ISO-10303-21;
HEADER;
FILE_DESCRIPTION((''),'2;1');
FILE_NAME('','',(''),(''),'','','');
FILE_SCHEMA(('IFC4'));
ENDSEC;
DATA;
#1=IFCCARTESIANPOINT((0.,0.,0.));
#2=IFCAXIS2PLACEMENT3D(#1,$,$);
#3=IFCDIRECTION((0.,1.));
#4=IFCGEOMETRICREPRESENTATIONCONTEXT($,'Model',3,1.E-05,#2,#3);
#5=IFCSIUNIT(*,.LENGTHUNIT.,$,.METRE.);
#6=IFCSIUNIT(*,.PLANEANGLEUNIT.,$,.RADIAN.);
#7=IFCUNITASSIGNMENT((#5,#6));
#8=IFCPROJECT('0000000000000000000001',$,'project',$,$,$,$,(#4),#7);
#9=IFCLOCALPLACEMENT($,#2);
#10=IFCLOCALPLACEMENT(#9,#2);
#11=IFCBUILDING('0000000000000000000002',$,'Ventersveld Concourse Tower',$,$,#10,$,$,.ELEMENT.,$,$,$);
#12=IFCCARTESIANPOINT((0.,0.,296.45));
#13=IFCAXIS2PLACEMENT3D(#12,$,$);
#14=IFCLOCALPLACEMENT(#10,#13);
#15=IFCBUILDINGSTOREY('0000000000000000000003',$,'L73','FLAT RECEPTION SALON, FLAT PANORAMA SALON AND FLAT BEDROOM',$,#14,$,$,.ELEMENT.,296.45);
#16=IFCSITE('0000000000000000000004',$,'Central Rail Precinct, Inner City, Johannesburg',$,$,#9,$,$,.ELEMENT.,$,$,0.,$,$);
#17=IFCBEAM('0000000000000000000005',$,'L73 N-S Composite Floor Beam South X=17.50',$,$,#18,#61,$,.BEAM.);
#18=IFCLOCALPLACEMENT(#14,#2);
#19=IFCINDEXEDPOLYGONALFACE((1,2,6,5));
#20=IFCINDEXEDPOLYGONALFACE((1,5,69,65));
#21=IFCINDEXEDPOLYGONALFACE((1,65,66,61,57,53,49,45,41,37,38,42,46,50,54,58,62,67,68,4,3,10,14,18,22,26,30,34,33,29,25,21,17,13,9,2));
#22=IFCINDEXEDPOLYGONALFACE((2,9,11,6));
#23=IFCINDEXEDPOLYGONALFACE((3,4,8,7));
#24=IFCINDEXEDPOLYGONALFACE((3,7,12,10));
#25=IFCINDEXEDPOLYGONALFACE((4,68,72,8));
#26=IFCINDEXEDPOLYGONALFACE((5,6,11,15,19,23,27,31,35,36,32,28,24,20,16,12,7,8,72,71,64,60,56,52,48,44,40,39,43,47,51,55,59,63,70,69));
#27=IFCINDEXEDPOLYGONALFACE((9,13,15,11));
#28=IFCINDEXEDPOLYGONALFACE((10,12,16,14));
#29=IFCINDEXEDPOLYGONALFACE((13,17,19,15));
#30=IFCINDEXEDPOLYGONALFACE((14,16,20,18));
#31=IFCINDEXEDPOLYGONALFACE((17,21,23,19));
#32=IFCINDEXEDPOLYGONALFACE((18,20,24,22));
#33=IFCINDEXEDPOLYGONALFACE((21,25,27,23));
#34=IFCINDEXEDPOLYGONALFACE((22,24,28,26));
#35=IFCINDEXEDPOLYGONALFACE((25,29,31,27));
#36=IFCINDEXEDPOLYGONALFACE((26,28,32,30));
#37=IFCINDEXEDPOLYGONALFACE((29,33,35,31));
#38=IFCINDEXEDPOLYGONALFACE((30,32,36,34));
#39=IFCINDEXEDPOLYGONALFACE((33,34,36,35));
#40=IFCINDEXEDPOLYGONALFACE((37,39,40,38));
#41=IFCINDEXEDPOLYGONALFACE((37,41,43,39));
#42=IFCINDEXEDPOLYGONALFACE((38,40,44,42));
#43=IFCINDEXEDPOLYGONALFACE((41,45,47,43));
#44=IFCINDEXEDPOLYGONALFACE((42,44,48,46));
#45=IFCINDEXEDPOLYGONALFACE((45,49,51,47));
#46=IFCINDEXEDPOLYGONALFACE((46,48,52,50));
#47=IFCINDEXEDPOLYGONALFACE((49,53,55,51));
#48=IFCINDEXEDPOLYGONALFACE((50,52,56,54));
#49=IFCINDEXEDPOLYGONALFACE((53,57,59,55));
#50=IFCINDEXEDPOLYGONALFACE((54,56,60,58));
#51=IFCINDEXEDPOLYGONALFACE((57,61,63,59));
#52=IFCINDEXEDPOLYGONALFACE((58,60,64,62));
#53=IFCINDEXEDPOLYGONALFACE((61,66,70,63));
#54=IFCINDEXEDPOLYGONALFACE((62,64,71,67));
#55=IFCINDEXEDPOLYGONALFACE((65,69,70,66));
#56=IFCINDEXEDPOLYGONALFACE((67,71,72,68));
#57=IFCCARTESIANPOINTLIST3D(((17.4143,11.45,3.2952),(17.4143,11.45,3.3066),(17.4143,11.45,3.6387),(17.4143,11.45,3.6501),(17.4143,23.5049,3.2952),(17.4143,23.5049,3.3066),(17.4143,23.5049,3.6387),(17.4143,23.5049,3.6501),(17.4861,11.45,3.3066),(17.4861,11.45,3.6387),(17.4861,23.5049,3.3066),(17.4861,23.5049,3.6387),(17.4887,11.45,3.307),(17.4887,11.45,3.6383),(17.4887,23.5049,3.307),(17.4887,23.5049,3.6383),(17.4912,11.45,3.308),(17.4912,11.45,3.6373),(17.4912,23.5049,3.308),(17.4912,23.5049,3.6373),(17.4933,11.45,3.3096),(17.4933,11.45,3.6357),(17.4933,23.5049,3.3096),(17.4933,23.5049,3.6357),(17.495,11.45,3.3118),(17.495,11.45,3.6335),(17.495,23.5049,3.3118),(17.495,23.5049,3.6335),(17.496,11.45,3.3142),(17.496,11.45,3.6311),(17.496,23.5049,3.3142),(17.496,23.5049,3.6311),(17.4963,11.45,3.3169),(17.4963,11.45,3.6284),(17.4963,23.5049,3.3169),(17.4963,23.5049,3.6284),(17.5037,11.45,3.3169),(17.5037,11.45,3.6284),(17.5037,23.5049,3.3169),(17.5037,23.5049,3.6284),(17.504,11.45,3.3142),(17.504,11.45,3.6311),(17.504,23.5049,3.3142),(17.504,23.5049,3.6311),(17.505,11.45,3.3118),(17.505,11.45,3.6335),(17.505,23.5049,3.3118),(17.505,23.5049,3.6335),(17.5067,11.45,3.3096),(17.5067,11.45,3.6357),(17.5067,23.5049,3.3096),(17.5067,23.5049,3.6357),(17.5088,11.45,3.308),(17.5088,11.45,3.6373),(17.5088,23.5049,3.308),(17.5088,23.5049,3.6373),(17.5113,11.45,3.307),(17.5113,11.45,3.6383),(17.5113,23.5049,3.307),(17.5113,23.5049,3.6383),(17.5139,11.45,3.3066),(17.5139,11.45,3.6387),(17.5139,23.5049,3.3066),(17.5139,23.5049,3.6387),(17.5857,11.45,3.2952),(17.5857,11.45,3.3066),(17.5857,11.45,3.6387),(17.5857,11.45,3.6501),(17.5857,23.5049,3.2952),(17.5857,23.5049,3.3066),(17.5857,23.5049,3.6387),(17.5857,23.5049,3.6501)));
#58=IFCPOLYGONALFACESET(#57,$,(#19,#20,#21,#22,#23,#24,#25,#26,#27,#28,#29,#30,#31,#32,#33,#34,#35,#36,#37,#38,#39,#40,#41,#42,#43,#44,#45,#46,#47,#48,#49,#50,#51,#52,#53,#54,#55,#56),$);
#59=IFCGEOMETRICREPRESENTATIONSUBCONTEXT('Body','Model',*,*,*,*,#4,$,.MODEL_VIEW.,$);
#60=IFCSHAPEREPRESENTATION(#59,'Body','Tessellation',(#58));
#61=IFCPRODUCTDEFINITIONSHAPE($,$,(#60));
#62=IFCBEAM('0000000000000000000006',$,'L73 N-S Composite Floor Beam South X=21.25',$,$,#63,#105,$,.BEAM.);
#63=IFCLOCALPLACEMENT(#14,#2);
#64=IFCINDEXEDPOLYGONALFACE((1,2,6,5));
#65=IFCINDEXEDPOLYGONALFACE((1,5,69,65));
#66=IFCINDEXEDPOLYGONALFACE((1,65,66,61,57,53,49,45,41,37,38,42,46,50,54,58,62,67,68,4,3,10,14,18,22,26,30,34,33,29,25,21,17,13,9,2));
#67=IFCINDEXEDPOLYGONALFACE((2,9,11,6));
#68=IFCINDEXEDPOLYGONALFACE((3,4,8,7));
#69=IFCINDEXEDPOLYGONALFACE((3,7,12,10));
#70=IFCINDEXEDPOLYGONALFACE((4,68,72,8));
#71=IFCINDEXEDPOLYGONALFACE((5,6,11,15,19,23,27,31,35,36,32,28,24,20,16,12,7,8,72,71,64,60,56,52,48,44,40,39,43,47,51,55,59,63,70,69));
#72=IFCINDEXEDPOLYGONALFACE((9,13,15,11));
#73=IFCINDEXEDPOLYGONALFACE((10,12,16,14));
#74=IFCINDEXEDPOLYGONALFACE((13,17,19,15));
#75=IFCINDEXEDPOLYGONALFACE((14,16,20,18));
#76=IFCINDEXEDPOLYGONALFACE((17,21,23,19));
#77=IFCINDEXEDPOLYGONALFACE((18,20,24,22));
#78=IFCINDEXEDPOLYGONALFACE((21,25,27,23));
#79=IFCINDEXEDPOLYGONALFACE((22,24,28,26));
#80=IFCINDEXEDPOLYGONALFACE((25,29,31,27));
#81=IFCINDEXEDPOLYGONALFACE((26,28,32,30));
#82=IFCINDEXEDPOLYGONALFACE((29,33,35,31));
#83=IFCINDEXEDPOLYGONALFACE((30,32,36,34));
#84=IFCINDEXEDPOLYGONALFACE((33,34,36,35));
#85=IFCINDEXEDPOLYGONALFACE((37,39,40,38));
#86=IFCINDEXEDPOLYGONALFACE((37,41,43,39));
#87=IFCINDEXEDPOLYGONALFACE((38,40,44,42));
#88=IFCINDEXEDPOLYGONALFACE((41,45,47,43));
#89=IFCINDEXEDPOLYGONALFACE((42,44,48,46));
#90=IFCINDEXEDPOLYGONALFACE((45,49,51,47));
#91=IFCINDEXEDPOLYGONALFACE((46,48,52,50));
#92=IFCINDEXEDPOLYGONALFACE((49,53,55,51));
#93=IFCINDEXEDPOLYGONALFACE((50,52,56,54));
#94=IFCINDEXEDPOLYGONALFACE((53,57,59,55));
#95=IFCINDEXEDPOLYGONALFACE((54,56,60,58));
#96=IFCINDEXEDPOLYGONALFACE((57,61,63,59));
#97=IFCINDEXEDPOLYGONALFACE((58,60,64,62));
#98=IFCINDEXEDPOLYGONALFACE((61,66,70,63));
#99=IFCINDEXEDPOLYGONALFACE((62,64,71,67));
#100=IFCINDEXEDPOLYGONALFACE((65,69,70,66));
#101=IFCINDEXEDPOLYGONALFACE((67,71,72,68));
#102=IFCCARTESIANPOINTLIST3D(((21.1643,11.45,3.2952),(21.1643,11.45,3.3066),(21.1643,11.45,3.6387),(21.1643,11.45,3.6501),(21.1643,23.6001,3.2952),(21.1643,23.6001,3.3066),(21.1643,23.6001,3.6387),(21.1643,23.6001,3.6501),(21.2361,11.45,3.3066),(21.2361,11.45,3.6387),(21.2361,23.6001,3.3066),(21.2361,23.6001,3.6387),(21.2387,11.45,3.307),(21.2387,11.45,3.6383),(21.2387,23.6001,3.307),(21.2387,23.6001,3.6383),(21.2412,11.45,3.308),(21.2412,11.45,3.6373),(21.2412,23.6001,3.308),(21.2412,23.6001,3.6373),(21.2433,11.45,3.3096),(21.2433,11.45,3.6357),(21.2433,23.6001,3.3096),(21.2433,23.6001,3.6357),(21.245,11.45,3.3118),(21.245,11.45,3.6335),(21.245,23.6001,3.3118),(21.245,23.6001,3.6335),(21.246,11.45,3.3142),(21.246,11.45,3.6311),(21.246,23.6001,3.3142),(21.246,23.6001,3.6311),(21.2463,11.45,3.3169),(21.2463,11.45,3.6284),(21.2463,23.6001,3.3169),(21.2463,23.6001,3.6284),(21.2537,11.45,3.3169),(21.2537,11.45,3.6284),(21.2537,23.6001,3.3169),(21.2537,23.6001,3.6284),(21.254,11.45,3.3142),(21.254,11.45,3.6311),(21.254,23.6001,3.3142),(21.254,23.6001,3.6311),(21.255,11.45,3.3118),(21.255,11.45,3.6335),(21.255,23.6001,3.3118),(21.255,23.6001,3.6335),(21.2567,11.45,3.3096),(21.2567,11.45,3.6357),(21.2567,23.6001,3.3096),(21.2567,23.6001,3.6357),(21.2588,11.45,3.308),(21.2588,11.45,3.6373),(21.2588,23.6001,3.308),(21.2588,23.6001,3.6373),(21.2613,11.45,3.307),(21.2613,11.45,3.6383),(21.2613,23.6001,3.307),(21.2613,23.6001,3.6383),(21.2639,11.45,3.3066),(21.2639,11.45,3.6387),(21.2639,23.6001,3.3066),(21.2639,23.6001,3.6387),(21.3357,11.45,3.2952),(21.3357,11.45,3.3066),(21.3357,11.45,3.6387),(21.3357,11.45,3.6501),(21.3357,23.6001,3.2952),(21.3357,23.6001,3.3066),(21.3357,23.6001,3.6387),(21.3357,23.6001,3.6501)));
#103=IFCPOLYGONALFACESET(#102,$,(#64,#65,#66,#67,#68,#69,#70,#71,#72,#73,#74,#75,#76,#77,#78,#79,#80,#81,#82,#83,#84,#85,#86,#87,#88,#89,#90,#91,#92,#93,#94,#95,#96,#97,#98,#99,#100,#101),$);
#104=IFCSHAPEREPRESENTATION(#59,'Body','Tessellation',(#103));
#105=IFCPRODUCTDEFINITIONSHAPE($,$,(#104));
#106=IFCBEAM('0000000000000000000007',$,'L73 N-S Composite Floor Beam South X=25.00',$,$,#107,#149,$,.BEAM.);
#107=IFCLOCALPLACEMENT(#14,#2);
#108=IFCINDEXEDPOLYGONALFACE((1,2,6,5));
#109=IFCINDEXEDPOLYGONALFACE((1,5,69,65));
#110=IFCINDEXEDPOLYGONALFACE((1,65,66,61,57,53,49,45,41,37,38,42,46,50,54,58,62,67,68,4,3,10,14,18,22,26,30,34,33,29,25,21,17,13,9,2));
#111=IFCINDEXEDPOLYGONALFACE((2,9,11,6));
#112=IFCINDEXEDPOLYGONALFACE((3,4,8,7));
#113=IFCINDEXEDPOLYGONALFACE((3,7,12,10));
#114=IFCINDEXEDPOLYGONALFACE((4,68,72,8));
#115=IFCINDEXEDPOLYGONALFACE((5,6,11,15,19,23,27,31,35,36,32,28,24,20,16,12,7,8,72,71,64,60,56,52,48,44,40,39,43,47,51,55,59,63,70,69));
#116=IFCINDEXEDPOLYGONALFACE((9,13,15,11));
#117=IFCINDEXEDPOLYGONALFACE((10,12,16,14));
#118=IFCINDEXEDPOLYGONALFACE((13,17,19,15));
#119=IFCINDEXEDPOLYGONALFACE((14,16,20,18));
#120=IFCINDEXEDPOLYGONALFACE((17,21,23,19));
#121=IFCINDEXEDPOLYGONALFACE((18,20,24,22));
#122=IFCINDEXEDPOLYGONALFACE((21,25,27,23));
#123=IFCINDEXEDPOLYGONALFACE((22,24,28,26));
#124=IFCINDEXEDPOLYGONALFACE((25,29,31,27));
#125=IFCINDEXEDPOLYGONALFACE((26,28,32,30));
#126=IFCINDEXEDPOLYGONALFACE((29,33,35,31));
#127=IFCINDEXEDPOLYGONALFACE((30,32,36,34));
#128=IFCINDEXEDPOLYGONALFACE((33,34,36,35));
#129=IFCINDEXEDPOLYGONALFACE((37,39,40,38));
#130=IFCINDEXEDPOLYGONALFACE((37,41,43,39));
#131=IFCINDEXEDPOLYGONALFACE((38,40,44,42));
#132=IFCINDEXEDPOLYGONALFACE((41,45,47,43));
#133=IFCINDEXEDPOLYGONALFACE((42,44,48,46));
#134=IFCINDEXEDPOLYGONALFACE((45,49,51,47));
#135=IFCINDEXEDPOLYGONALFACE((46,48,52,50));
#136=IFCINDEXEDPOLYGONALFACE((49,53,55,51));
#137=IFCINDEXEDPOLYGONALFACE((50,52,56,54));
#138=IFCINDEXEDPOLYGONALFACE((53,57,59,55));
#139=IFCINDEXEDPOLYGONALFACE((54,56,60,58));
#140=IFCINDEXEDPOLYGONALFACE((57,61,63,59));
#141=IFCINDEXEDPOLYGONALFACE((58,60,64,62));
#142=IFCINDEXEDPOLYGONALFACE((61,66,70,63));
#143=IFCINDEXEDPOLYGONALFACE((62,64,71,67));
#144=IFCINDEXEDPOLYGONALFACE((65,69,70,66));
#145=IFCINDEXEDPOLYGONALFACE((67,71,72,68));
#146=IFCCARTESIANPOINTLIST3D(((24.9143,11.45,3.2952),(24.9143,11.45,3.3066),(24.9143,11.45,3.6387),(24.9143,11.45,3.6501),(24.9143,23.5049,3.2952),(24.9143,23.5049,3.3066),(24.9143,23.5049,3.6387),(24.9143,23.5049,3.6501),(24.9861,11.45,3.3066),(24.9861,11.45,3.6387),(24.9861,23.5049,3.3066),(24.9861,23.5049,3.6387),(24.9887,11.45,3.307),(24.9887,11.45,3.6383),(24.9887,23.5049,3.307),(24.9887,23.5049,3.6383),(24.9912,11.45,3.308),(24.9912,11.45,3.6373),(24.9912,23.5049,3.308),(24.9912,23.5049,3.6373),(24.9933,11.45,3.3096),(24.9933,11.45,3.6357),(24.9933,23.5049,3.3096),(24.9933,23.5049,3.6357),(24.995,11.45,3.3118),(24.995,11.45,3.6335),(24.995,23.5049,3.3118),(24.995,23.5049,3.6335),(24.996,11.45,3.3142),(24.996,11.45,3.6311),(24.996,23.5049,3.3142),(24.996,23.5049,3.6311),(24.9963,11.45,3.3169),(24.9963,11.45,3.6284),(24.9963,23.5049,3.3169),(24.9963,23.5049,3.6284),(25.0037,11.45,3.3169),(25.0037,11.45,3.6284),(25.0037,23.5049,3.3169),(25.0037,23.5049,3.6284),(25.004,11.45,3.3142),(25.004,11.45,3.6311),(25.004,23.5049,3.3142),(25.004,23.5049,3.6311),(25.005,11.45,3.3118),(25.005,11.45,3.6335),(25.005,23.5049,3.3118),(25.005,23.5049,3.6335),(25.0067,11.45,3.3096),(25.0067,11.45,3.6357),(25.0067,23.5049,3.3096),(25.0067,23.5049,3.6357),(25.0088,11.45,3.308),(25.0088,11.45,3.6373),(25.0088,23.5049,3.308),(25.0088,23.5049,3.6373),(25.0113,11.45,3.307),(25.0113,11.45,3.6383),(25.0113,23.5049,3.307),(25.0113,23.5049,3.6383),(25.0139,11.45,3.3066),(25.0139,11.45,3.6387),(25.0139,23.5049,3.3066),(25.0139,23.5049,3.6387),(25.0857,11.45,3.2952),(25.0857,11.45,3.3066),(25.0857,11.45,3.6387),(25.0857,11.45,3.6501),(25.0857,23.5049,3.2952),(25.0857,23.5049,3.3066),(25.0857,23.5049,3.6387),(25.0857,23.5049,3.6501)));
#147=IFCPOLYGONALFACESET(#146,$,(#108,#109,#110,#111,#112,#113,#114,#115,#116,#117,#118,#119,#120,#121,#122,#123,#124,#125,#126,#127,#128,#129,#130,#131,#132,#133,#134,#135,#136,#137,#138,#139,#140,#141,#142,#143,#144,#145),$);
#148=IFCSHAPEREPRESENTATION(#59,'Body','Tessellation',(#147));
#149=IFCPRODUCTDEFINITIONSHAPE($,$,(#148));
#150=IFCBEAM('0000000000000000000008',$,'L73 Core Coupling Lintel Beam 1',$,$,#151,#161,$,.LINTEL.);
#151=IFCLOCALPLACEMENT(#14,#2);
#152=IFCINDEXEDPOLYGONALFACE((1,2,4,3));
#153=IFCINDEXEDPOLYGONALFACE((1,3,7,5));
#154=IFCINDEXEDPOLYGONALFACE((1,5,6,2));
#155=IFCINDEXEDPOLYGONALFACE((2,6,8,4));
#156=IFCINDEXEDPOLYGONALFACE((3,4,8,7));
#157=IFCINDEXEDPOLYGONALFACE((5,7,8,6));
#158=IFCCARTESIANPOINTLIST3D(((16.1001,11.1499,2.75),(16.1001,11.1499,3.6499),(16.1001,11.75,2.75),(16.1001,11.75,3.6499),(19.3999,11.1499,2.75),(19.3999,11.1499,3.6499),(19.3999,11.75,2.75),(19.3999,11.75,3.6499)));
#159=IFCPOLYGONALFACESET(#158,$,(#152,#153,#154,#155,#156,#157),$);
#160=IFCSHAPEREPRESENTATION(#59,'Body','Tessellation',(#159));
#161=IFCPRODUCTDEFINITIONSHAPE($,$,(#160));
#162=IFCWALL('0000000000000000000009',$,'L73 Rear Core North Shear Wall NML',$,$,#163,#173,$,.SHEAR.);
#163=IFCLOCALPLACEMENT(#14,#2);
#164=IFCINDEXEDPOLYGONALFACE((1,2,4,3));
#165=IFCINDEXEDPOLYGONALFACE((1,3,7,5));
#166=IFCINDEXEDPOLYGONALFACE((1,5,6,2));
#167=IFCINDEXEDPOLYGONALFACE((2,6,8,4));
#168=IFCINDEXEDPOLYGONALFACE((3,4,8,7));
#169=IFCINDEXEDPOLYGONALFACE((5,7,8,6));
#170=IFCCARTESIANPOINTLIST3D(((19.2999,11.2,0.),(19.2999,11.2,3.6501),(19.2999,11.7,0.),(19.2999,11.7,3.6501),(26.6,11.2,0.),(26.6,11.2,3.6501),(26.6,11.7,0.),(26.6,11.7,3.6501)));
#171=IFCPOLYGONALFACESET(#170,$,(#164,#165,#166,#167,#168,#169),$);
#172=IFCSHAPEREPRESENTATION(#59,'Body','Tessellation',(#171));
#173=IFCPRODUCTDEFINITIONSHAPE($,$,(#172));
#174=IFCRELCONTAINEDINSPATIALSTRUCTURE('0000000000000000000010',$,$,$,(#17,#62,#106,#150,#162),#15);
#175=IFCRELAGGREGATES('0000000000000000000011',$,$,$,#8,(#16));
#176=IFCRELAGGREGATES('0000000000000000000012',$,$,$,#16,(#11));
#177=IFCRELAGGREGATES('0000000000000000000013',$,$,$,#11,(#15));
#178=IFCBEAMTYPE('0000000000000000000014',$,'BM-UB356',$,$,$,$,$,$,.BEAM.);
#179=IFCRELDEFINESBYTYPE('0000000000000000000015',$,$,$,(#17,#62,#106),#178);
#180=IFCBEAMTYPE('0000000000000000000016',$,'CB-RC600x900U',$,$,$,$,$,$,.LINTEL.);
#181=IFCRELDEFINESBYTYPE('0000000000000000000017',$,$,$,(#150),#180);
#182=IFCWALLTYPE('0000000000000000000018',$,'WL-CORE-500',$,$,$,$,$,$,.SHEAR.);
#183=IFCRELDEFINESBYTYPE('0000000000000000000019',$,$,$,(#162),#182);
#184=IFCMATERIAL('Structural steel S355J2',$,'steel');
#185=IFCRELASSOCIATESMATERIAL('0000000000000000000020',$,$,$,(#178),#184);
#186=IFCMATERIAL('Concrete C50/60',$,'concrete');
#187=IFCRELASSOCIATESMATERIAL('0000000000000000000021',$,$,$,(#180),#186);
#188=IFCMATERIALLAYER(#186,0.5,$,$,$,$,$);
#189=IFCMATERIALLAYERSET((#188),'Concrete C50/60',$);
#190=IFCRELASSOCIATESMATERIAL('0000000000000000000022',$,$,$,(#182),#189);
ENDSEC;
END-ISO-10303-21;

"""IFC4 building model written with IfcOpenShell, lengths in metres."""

from ifc_helpers import new_model, si_unit, direction, frame, frame_2d, origin, origin_2d, place, context, subcontext, project, spatial, rectangle, i_section, extrude, material, layer, layer_set, material_profile, profile_set, type_object, element, save


model = new_model("IFC4")

# Units and contexts
model_context = context("Model", 3, precision=1e-05, world=origin(), true_north=direction((0.0, 1.0)))
body_context = subcontext(model_context, "Body", "Model", "MODEL_VIEW")
ifc_project = project(units=[si_unit("LENGTHUNIT", "METRE"), si_unit("PLANEANGLEUNIT", "RADIAN")], contexts=[model_context])

# Site, building, storey
site_placement = place(None, origin())
site = spatial("IfcSite", under=ifc_project, at=site_placement, Name="Central Rail Precinct, Inner City, Johannesburg", CompositionType="ELEMENT", RefElevation=0.0)
building_placement = place(site_placement, origin())
building = spatial("IfcBuilding", under=site, at=building_placement, Name="Ventersveld Concourse Tower", CompositionType="ELEMENT")
storey_placement = place(building_placement, frame((0.0, 0.0, 296.45)))
storey = spatial("IfcBuildingStorey", under=building, at=storey_placement, Name="L73", Description="FLAT RECEPTION SALON, FLAT PANORAMA SALON AND FLAT BEDROOM", CompositionType="ELEMENT", Elevation=296.45)

# Beams
ifc_material_1 = material(Name="Structural steel S355J2", Category="steel")
ifc_material_profile_1 = material_profile(ifc_material_1, i_section(OverallWidth=0.1714, OverallDepth=0.355, WebThickness=0.0073, FlangeThickness=0.0115, FilletRadius=0.0103, at=origin_2d()), Name="UB 356x171x51")
ifc_profile_set_1 = profile_set([ifc_material_profile_1], Name="Structural steel S355J2")
beam_type_1 = type_object("IfcBeamType", Name="BM-UB356", PredefinedType="BEAM", material=ifc_profile_set_1)
beam_1_placement = place(storey_placement, frame((17.5, 11.45, 3.4727), z_axis=(0.0, 1.0, 0.0), x_axis=(-1.0, 0.0, 0.0)))
element("IfcBeam", 1, at=beam_1_placement, inside=storey, type_object=beam_type_1, Name="L73 N-S Composite Floor Beam South X=17.50", PredefinedType="BEAM", context=body_context, shape_type="SweptSolid", body=[
    extrude(i_section(OverallWidth=0.1714, OverallDepth=0.355, WebThickness=0.0073, FlangeThickness=0.0115, FilletRadius=0.0103, at=origin_2d()), origin(), (0.0, 0.0, 1.0), 12.0549),
])
beam_2_placement = place(storey_placement, frame((21.25, 11.45, 3.4727), z_axis=(0.0, 1.0, 0.0), x_axis=(-1.0, 0.0, 0.0)))
element("IfcBeam", 2, at=beam_2_placement, inside=storey, type_object=beam_type_1, Name="L73 N-S Composite Floor Beam South X=21.25", PredefinedType="BEAM", context=body_context, shape_type="SweptSolid", body=[
    extrude(i_section(OverallWidth=0.1714, OverallDepth=0.355, WebThickness=0.0073, FlangeThickness=0.0115, FilletRadius=0.0103, at=origin_2d()), origin(), (0.0, 0.0, 1.0), 12.1501),
])
beam_3_placement = place(storey_placement, frame((25.0, 11.45, 3.4727), z_axis=(0.0, 1.0, 0.0), x_axis=(-1.0, 0.0, 0.0)))
element("IfcBeam", 3, at=beam_3_placement, inside=storey, type_object=beam_type_1, Name="L73 N-S Composite Floor Beam South X=25.00", PredefinedType="BEAM", context=body_context, shape_type="SweptSolid", body=[
    extrude(i_section(OverallWidth=0.1714, OverallDepth=0.355, WebThickness=0.0073, FlangeThickness=0.0115, FilletRadius=0.0103, at=origin_2d()), origin(), (0.0, 0.0, 1.0), 12.0549),
])
ifc_material_2 = material(Name="Concrete C50/60", Category="concrete")
ifc_material_profile_2 = material_profile(ifc_material_2, rectangle(XDim=0.6001, YDim=0.8999, at=origin_2d()), Name="RC 600x900")
ifc_profile_set_2 = profile_set([ifc_material_profile_2], Name="Concrete C50/60")
beam_type_2 = type_object("IfcBeamType", Name="CB-RC600x900U", PredefinedType="LINTEL", material=ifc_profile_set_2)
beam_4_placement = place(storey_placement, frame((16.1001, 11.45, 3.2), z_axis=(1.0, 0.0, 0.0), x_axis=(0.0, 1.0, 0.0)))
element("IfcBeam", 4, at=beam_4_placement, inside=storey, type_object=beam_type_2, Name="L73 Core Coupling Lintel Beam 1", PredefinedType="LINTEL", context=body_context, shape_type="SweptSolid", body=[
    extrude(rectangle(XDim=0.6001, YDim=0.8999, at=origin_2d()), origin(), (0.0, 0.0, 1.0), 3.2998),
])

# Wall
ifc_layer_1 = layer(ifc_material_2, 0.5)
ifc_layer_set_1 = layer_set([ifc_layer_1], Name="Concrete C50/60")
wall_type_1 = type_object("IfcWallType", Name="WL-CORE-500", PredefinedType="SHEAR", material=ifc_layer_set_1)
wall_1_placement = place(storey_placement, frame((19.3, 11.45, 0.0), z_axis=(0.0, 0.0, 1.0), x_axis=(1.0, 0.0, 0.0)))
element("IfcWall", 5, at=wall_1_placement, inside=storey, type_object=wall_type_1, Name="L73 Rear Core North Shear Wall NML", PredefinedType="SHEAR", context=body_context, shape_type="SweptSolid", body=[
    extrude(rectangle(XDim=7.3, YDim=0.5, at=frame_2d((3.6499, 0.0))), origin(), (0.0, 0.0, 1.0), 3.6501),
])

save(model, "model.ifc")
